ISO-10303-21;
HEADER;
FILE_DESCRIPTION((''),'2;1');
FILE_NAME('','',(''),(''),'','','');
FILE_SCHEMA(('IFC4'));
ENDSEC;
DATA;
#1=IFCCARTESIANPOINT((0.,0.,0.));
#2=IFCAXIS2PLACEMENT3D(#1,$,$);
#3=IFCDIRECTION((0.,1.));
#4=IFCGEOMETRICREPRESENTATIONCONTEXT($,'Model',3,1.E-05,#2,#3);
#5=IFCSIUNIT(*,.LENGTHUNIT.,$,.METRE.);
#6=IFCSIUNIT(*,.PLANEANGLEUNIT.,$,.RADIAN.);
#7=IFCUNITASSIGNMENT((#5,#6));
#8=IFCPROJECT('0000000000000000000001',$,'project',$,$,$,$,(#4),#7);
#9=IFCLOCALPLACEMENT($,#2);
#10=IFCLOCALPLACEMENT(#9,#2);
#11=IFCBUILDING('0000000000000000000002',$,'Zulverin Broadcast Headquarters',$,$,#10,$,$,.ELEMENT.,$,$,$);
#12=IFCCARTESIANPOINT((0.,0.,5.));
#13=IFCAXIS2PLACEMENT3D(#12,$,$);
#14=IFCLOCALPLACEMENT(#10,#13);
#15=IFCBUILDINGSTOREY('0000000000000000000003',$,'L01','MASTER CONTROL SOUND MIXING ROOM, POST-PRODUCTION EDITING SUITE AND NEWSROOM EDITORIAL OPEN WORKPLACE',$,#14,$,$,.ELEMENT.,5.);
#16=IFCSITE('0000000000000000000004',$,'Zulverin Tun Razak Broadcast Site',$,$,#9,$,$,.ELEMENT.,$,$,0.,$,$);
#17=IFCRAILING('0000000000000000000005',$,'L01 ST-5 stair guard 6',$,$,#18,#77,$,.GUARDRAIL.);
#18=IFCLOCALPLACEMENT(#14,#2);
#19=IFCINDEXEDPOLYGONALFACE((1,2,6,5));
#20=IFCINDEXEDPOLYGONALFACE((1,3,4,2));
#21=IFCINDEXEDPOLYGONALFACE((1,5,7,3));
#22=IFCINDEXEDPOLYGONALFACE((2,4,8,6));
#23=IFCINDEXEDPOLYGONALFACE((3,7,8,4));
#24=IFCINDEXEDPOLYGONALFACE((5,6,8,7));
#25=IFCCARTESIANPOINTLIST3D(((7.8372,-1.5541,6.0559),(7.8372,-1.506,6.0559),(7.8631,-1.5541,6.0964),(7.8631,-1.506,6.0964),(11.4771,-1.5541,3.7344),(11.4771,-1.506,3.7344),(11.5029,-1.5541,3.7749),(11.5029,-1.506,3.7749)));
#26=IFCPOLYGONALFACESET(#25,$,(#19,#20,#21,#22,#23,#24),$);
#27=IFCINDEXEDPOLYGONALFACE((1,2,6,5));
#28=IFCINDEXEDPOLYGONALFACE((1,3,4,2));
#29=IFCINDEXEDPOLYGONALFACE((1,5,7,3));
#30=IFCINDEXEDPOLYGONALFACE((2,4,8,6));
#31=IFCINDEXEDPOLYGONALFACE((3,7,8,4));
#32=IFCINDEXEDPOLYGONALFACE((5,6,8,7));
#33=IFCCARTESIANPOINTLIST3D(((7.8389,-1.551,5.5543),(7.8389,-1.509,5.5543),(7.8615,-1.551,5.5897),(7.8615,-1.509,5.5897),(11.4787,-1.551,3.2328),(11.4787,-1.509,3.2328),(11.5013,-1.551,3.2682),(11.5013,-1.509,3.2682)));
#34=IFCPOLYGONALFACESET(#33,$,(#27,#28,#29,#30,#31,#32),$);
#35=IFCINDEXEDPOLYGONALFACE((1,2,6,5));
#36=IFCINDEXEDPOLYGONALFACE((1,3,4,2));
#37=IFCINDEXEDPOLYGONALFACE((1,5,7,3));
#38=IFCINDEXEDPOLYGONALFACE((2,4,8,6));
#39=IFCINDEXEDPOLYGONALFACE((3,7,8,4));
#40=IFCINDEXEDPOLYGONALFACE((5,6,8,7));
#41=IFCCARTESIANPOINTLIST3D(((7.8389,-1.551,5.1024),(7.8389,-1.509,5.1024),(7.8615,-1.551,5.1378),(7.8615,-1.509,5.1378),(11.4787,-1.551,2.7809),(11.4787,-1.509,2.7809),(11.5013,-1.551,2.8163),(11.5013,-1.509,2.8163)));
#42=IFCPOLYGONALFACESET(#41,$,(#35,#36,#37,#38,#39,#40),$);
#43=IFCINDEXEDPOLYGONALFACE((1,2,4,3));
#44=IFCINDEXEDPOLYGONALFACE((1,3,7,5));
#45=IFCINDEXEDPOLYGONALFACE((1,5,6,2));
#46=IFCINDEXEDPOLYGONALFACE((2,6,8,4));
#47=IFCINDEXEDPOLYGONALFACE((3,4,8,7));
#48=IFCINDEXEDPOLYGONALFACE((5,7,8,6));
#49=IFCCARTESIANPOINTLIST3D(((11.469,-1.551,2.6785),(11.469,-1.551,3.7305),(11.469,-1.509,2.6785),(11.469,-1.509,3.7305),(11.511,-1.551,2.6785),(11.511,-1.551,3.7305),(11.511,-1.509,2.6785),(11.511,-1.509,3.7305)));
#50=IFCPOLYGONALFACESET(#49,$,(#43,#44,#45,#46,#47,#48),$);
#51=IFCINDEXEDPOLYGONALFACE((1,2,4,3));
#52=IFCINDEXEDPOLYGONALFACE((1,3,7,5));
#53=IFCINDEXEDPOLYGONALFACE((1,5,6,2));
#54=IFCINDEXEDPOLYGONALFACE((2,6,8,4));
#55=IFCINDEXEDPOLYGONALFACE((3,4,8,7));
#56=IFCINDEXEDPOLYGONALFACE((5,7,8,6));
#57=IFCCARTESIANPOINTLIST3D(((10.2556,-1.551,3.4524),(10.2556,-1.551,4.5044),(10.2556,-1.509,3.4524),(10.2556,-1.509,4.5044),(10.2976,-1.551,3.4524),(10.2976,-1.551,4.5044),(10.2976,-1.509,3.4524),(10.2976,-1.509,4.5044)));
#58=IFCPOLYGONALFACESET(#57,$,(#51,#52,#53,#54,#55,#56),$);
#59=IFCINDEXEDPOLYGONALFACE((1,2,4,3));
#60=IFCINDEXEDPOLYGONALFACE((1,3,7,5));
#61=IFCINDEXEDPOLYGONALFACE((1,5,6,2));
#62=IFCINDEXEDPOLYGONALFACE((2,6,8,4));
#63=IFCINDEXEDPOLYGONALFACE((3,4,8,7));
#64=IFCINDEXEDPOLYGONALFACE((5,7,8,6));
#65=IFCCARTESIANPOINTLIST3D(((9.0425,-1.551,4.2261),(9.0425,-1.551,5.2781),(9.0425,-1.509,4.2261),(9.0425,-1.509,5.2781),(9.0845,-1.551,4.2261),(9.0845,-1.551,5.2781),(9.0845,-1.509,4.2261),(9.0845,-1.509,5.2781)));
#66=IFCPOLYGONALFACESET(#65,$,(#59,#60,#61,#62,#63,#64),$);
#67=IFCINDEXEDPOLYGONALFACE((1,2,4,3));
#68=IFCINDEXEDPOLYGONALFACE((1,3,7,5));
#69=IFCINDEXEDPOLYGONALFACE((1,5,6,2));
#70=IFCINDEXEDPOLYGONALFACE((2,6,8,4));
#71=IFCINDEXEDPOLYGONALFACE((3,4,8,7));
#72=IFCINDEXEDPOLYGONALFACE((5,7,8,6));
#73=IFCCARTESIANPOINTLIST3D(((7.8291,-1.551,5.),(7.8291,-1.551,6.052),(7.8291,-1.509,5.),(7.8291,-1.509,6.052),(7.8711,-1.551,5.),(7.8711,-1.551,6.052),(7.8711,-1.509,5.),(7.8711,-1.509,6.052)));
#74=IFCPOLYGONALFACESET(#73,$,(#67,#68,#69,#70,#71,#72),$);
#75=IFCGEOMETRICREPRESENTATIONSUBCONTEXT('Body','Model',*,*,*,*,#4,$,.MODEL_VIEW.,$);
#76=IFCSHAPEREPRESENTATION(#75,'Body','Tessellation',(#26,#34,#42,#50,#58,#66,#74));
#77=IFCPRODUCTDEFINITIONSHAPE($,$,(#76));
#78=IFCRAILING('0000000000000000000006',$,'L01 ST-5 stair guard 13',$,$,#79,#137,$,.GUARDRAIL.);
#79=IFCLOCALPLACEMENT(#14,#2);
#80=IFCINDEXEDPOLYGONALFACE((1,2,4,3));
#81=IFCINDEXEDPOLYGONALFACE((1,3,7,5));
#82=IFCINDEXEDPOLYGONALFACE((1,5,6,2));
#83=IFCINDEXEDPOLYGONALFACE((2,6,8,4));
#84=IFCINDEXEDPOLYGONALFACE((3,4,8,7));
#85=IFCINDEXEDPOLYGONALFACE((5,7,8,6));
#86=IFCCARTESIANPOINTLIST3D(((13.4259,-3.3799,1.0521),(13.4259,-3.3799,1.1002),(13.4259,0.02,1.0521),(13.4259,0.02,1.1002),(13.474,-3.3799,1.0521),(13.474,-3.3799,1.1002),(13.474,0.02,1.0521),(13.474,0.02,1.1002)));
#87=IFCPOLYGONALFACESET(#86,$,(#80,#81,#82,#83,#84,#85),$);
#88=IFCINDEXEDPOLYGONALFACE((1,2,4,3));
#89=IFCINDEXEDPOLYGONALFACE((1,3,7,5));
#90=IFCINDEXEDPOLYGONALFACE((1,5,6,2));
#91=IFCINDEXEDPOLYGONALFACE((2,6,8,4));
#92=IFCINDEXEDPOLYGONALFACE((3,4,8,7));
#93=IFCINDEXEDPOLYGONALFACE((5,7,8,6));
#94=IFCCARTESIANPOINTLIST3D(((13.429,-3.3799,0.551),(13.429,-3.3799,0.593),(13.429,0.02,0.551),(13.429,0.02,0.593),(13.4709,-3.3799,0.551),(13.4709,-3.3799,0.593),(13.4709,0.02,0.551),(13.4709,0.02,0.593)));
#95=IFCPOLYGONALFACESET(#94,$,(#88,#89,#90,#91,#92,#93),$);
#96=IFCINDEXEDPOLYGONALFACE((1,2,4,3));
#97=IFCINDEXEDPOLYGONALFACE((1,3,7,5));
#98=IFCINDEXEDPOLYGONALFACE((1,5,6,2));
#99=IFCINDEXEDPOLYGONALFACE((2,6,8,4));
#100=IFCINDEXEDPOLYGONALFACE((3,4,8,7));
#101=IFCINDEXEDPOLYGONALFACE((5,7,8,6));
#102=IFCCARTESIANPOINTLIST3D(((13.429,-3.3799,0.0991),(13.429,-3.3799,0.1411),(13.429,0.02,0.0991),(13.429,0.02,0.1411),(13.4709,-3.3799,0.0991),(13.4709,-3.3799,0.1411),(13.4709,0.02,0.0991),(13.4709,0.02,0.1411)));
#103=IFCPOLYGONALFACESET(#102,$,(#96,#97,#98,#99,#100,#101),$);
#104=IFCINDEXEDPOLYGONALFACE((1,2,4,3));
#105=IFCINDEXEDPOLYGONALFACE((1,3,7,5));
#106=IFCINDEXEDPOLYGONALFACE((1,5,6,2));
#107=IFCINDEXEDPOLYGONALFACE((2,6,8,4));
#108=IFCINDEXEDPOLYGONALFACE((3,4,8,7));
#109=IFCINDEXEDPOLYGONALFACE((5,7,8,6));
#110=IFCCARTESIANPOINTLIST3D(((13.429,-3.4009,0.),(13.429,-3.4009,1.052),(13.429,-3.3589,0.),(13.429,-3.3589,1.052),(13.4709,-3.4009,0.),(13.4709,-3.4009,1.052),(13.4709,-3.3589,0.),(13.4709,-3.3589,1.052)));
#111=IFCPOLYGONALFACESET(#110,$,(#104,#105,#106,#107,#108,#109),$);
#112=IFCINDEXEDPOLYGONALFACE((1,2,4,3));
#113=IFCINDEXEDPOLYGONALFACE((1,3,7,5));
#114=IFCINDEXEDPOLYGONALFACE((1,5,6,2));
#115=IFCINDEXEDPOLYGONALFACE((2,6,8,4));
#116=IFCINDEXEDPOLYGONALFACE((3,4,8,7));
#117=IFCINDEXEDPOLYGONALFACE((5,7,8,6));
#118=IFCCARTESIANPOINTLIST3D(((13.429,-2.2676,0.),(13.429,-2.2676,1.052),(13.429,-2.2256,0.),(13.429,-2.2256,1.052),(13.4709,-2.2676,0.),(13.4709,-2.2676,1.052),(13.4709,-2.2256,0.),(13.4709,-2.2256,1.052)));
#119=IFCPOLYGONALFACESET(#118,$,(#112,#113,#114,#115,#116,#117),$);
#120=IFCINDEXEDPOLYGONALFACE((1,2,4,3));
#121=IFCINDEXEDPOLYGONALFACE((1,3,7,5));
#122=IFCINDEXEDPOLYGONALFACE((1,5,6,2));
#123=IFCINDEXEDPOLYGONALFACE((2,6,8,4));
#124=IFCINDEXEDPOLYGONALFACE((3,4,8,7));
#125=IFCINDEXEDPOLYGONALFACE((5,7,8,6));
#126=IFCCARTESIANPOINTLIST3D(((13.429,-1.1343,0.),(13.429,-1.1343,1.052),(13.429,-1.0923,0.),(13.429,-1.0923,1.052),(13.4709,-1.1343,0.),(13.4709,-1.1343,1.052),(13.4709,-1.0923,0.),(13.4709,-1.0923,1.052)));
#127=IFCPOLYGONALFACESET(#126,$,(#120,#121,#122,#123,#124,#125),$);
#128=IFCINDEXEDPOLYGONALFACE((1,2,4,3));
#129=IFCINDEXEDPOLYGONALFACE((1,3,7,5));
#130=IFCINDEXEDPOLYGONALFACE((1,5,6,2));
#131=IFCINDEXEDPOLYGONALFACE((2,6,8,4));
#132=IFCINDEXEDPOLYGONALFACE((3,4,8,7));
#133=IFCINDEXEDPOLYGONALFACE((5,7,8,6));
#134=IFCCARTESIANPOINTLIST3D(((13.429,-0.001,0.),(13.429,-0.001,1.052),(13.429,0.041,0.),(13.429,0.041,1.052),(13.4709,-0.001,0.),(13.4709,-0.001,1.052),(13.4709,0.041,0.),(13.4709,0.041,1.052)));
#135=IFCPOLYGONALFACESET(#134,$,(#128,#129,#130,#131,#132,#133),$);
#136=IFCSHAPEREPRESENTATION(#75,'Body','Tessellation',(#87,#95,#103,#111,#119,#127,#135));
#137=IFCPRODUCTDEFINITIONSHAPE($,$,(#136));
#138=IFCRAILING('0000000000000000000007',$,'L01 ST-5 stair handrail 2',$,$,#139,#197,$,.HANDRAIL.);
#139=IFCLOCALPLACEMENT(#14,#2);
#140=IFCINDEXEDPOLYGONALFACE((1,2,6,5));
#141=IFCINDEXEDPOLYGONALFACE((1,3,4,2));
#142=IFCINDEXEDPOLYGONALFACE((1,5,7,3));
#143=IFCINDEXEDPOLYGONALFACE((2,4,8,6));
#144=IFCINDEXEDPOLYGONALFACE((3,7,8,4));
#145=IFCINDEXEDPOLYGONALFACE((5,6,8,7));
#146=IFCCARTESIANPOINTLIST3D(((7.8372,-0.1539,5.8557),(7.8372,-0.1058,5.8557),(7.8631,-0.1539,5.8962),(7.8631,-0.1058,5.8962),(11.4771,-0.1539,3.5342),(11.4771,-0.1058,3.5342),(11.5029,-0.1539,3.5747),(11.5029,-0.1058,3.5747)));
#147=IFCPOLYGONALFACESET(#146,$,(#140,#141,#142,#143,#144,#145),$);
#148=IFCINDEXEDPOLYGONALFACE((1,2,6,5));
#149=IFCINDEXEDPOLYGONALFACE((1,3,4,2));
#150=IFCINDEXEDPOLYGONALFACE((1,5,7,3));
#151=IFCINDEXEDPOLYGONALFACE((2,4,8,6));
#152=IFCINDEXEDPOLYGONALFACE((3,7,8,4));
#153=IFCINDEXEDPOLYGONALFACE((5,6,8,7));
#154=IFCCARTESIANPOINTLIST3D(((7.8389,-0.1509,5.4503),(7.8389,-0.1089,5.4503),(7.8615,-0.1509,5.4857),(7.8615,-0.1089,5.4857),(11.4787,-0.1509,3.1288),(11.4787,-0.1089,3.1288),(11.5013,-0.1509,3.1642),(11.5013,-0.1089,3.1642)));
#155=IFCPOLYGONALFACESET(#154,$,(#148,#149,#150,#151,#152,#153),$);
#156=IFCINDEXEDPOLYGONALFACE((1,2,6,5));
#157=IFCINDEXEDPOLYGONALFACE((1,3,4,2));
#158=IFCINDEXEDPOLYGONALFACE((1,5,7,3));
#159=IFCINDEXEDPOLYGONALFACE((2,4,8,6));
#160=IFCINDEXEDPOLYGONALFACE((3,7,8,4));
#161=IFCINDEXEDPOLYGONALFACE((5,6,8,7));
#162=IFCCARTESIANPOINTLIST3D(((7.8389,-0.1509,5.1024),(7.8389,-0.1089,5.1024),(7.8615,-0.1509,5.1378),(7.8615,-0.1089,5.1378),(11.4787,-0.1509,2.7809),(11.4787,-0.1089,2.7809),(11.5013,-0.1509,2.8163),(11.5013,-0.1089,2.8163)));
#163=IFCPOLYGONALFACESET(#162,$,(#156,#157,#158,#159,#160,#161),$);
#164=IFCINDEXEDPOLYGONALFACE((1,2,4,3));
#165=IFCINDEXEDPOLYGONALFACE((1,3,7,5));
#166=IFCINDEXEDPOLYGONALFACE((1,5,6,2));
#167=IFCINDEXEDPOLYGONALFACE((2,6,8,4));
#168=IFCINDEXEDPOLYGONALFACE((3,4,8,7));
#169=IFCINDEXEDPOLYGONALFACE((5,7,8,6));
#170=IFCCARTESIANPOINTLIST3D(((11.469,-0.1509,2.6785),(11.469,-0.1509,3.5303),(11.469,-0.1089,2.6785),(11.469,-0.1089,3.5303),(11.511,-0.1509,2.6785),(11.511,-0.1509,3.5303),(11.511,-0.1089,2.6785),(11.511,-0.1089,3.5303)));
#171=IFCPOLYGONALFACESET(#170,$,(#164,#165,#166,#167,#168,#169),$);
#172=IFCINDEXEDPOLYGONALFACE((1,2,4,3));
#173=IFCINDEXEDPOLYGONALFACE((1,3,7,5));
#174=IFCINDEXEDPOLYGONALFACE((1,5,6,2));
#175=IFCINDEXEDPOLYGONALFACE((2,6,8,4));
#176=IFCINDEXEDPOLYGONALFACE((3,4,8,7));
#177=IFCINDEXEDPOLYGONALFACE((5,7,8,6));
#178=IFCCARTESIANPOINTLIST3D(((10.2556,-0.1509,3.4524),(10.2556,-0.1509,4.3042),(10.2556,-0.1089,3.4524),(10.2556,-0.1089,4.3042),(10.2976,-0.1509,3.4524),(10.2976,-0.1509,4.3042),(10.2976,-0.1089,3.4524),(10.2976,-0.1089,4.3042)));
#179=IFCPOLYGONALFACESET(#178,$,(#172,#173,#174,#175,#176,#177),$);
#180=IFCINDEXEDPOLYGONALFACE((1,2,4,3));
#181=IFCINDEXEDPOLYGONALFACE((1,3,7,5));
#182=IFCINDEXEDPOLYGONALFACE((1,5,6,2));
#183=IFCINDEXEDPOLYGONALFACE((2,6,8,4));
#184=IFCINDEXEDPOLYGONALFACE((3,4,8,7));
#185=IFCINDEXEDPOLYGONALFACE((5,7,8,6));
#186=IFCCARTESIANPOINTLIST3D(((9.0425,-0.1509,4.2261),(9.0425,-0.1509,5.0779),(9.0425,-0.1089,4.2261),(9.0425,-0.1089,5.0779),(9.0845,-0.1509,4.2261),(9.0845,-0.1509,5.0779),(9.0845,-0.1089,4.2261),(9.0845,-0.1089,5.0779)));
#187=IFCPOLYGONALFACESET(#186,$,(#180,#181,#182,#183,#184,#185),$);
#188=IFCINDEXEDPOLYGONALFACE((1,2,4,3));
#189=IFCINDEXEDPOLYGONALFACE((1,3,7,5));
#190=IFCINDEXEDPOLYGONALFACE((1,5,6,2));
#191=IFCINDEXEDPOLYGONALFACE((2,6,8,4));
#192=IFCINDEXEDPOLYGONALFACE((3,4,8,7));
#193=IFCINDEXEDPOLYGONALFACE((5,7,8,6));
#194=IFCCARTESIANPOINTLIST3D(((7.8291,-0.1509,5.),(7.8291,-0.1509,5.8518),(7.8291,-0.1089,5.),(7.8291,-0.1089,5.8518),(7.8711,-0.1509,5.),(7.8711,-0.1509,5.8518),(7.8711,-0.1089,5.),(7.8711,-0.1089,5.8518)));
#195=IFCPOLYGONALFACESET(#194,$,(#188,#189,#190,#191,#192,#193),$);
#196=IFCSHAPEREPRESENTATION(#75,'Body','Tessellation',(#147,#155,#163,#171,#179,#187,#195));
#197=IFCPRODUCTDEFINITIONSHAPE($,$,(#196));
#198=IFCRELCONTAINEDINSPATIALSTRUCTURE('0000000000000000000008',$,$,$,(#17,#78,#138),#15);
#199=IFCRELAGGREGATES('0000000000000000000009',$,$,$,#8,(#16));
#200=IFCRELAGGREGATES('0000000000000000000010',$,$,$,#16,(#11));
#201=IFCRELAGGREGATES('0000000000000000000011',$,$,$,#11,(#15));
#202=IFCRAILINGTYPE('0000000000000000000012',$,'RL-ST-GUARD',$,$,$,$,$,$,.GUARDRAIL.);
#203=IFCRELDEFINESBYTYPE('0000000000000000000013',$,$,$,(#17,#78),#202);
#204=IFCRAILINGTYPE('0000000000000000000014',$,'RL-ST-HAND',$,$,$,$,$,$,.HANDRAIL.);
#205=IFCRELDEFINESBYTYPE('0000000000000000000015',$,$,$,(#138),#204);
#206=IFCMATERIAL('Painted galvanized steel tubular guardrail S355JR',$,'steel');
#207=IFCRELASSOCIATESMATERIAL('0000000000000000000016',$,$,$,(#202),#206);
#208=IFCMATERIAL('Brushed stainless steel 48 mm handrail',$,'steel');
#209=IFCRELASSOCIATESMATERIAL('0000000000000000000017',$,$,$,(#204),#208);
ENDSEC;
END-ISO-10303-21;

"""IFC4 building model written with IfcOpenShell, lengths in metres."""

from ifc_helpers import new_model, si_unit, direction, frame, origin, origin_2d, place, context, subcontext, project, spatial, rectangle, extrude, material, type_object, element, save


model = new_model("IFC4")

# Units and contexts
model_context = context("Model", 3, precision=1e-05, world=origin(), true_north=direction((0.0, 1.0)))
body_context = subcontext(model_context, "Body", "Model", "MODEL_VIEW")
ifc_project = project(units=[si_unit("LENGTHUNIT", "METRE"), si_unit("PLANEANGLEUNIT", "RADIAN")], contexts=[model_context])

# Site, building, storey
site_placement = place(None, origin())
site = spatial("IfcSite", under=ifc_project, at=site_placement, Name="Zulverin Tun Razak Broadcast Site", CompositionType="ELEMENT", RefElevation=0.0)
building_placement = place(site_placement, origin())
building = spatial("IfcBuilding", under=site, at=building_placement, Name="Zulverin Broadcast Headquarters", CompositionType="ELEMENT")
storey_placement = place(building_placement, frame((0.0, 0.0, 5.0)))
storey = spatial("IfcBuildingStorey", under=building, at=storey_placement, Name="L01", Description="MASTER CONTROL SOUND MIXING ROOM, POST-PRODUCTION EDITING SUITE AND NEWSROOM EDITORIAL OPEN WORKPLACE", CompositionType="ELEMENT", Elevation=5.0)

# Railings
ifc_material_1 = material(Name="Painted galvanized steel tubular guardrail S355JR", Category="steel")
railing_type_1 = type_object("IfcRailingType", Name="RL-ST-GUARD", PredefinedType="GUARDRAIL", material=ifc_material_1)
railing_1_placement = place(storey_placement, frame((11.49, -1.53, 2.6785)))
element("IfcRailing", 1, at=railing_1_placement, inside=storey, type_object=railing_type_1, Name="L01 ST-5 stair guard 6", PredefinedType="GUARDRAIL", context=body_context, shape_type="SweptSolid", body=[
    extrude(rectangle(XDim=0.0481, YDim=0.0481, at=origin_2d()), frame((0.0, 0.0, 1.0762), z_axis=(-0.843112, 0.0, 0.537739), x_axis=(0.0, -1.0, 0.0)), (0.0, 0.0, 1.0), 4.3171),
    extrude(rectangle(XDim=0.042, YDim=0.042, at=origin_2d()), frame((0.0, 0.0, 0.572), z_axis=(-0.843112, 0.0, 0.537739), x_axis=(0.0, -1.0, 0.0)), (0.0, 0.0, 1.0), 4.3171),
    extrude(rectangle(XDim=0.042, YDim=0.042, at=origin_2d()), frame((0.0, 0.0, 0.1201), z_axis=(-0.843112, 0.0, 0.537739), x_axis=(0.0, -1.0, 0.0)), (0.0, 0.0, 1.0), 4.3171),
    extrude(rectangle(XDim=0.042, YDim=0.042, at=origin_2d()), origin(), (0.0, 0.0, 1.0), 1.052),
    extrude(rectangle(XDim=0.042, YDim=0.042, at=origin_2d()), frame((-1.2134, 0.0, 0.7739)), (0.0, 0.0, 1.0), 1.052),
    extrude(rectangle(XDim=0.042, YDim=0.042, at=origin_2d()), frame((-2.4265, 0.0, 1.5476)), (0.0, 0.0, 1.0), 1.052),
    extrude(rectangle(XDim=0.042, YDim=0.042, at=origin_2d()), frame((-3.6399, 0.0, 2.3215)), (0.0, 0.0, 1.0), 1.052),
])
railing_2_placement = place(storey_placement, frame((13.45, -3.3799, 0.0)))
element("IfcRailing", 2, at=railing_2_placement, inside=storey, type_object=railing_type_1, Name="L01 ST-5 stair guard 13", PredefinedType="GUARDRAIL", context=body_context, shape_type="SweptSolid", body=[
    extrude(rectangle(XDim=0.0481, YDim=0.0481, at=origin_2d()), frame((0.0, 0.0, 1.0762), z_axis=(0.0, 1.0, 0.0), x_axis=(-1.0, 0.0, 0.0)), (0.0, 0.0, 1.0), 3.3999),
    extrude(rectangle(XDim=0.042, YDim=0.042, at=origin_2d()), frame((0.0, 0.0, 0.572), z_axis=(0.0, 1.0, 0.0), x_axis=(-1.0, 0.0, 0.0)), (0.0, 0.0, 1.0), 3.3999),
    extrude(rectangle(XDim=0.042, YDim=0.042, at=origin_2d()), frame((0.0, 0.0, 0.1201), z_axis=(0.0, 1.0, 0.0), x_axis=(-1.0, 0.0, 0.0)), (0.0, 0.0, 1.0), 3.3999),
    extrude(rectangle(XDim=0.042, YDim=0.042, at=origin_2d()), origin(), (0.0, 0.0, 1.0), 1.052),
    extrude(rectangle(XDim=0.042, YDim=0.042, at=origin_2d()), frame((0.0, 1.1333, 0.0)), (0.0, 0.0, 1.0), 1.052),
    extrude(rectangle(XDim=0.042, YDim=0.042, at=origin_2d()), frame((0.0, 2.2666, 0.0)), (0.0, 0.0, 1.0), 1.052),
    extrude(rectangle(XDim=0.042, YDim=0.042, at=origin_2d()), frame((0.0, 3.3999, 0.0)), (0.0, 0.0, 1.0), 1.052),
])
ifc_material_2 = material(Name="Brushed stainless steel 48 mm handrail", Category="steel")
railing_type_2 = type_object("IfcRailingType", Name="RL-ST-HAND", PredefinedType="HANDRAIL", material=ifc_material_2)
railing_3_placement = place(storey_placement, frame((11.49, -0.1299, 2.6785)))
element("IfcRailing", 3, at=railing_3_placement, inside=storey, type_object=railing_type_2, Name="L01 ST-5 stair handrail 2", PredefinedType="HANDRAIL", context=body_context, shape_type="SweptSolid", body=[
    extrude(rectangle(XDim=0.0481, YDim=0.0481, at=origin_2d()), frame((0.0, 0.0, 0.876), z_axis=(-0.843112, 0.0, 0.537739), x_axis=(0.0, -1.0, 0.0)), (0.0, 0.0, 1.0), 4.3171),
    extrude(rectangle(XDim=0.042, YDim=0.042, at=origin_2d()), frame((0.0, 0.0, 0.468), z_axis=(-0.843112, 0.0, 0.537739), x_axis=(0.0, -1.0, 0.0)), (0.0, 0.0, 1.0), 4.3171),
    extrude(rectangle(XDim=0.042, YDim=0.042, at=origin_2d()), frame((0.0, 0.0, 0.1201), z_axis=(-0.843112, 0.0, 0.537739), x_axis=(0.0, -1.0, 0.0)), (0.0, 0.0, 1.0), 4.3171),
    extrude(rectangle(XDim=0.042, YDim=0.042, at=origin_2d()), origin(), (0.0, 0.0, 1.0), 0.8518),
    extrude(rectangle(XDim=0.042, YDim=0.042, at=origin_2d()), frame((-1.2134, 0.0, 0.7739)), (0.0, 0.0, 1.0), 0.8518),
    extrude(rectangle(XDim=0.042, YDim=0.042, at=origin_2d()), frame((-2.4265, 0.0, 1.5476)), (0.0, 0.0, 1.0), 0.8518),
    extrude(rectangle(XDim=0.042, YDim=0.042, at=origin_2d()), frame((-3.6399, 0.0, 2.3215)), (0.0, 0.0, 1.0), 0.8518),
])

save(model, "model.ifc")
